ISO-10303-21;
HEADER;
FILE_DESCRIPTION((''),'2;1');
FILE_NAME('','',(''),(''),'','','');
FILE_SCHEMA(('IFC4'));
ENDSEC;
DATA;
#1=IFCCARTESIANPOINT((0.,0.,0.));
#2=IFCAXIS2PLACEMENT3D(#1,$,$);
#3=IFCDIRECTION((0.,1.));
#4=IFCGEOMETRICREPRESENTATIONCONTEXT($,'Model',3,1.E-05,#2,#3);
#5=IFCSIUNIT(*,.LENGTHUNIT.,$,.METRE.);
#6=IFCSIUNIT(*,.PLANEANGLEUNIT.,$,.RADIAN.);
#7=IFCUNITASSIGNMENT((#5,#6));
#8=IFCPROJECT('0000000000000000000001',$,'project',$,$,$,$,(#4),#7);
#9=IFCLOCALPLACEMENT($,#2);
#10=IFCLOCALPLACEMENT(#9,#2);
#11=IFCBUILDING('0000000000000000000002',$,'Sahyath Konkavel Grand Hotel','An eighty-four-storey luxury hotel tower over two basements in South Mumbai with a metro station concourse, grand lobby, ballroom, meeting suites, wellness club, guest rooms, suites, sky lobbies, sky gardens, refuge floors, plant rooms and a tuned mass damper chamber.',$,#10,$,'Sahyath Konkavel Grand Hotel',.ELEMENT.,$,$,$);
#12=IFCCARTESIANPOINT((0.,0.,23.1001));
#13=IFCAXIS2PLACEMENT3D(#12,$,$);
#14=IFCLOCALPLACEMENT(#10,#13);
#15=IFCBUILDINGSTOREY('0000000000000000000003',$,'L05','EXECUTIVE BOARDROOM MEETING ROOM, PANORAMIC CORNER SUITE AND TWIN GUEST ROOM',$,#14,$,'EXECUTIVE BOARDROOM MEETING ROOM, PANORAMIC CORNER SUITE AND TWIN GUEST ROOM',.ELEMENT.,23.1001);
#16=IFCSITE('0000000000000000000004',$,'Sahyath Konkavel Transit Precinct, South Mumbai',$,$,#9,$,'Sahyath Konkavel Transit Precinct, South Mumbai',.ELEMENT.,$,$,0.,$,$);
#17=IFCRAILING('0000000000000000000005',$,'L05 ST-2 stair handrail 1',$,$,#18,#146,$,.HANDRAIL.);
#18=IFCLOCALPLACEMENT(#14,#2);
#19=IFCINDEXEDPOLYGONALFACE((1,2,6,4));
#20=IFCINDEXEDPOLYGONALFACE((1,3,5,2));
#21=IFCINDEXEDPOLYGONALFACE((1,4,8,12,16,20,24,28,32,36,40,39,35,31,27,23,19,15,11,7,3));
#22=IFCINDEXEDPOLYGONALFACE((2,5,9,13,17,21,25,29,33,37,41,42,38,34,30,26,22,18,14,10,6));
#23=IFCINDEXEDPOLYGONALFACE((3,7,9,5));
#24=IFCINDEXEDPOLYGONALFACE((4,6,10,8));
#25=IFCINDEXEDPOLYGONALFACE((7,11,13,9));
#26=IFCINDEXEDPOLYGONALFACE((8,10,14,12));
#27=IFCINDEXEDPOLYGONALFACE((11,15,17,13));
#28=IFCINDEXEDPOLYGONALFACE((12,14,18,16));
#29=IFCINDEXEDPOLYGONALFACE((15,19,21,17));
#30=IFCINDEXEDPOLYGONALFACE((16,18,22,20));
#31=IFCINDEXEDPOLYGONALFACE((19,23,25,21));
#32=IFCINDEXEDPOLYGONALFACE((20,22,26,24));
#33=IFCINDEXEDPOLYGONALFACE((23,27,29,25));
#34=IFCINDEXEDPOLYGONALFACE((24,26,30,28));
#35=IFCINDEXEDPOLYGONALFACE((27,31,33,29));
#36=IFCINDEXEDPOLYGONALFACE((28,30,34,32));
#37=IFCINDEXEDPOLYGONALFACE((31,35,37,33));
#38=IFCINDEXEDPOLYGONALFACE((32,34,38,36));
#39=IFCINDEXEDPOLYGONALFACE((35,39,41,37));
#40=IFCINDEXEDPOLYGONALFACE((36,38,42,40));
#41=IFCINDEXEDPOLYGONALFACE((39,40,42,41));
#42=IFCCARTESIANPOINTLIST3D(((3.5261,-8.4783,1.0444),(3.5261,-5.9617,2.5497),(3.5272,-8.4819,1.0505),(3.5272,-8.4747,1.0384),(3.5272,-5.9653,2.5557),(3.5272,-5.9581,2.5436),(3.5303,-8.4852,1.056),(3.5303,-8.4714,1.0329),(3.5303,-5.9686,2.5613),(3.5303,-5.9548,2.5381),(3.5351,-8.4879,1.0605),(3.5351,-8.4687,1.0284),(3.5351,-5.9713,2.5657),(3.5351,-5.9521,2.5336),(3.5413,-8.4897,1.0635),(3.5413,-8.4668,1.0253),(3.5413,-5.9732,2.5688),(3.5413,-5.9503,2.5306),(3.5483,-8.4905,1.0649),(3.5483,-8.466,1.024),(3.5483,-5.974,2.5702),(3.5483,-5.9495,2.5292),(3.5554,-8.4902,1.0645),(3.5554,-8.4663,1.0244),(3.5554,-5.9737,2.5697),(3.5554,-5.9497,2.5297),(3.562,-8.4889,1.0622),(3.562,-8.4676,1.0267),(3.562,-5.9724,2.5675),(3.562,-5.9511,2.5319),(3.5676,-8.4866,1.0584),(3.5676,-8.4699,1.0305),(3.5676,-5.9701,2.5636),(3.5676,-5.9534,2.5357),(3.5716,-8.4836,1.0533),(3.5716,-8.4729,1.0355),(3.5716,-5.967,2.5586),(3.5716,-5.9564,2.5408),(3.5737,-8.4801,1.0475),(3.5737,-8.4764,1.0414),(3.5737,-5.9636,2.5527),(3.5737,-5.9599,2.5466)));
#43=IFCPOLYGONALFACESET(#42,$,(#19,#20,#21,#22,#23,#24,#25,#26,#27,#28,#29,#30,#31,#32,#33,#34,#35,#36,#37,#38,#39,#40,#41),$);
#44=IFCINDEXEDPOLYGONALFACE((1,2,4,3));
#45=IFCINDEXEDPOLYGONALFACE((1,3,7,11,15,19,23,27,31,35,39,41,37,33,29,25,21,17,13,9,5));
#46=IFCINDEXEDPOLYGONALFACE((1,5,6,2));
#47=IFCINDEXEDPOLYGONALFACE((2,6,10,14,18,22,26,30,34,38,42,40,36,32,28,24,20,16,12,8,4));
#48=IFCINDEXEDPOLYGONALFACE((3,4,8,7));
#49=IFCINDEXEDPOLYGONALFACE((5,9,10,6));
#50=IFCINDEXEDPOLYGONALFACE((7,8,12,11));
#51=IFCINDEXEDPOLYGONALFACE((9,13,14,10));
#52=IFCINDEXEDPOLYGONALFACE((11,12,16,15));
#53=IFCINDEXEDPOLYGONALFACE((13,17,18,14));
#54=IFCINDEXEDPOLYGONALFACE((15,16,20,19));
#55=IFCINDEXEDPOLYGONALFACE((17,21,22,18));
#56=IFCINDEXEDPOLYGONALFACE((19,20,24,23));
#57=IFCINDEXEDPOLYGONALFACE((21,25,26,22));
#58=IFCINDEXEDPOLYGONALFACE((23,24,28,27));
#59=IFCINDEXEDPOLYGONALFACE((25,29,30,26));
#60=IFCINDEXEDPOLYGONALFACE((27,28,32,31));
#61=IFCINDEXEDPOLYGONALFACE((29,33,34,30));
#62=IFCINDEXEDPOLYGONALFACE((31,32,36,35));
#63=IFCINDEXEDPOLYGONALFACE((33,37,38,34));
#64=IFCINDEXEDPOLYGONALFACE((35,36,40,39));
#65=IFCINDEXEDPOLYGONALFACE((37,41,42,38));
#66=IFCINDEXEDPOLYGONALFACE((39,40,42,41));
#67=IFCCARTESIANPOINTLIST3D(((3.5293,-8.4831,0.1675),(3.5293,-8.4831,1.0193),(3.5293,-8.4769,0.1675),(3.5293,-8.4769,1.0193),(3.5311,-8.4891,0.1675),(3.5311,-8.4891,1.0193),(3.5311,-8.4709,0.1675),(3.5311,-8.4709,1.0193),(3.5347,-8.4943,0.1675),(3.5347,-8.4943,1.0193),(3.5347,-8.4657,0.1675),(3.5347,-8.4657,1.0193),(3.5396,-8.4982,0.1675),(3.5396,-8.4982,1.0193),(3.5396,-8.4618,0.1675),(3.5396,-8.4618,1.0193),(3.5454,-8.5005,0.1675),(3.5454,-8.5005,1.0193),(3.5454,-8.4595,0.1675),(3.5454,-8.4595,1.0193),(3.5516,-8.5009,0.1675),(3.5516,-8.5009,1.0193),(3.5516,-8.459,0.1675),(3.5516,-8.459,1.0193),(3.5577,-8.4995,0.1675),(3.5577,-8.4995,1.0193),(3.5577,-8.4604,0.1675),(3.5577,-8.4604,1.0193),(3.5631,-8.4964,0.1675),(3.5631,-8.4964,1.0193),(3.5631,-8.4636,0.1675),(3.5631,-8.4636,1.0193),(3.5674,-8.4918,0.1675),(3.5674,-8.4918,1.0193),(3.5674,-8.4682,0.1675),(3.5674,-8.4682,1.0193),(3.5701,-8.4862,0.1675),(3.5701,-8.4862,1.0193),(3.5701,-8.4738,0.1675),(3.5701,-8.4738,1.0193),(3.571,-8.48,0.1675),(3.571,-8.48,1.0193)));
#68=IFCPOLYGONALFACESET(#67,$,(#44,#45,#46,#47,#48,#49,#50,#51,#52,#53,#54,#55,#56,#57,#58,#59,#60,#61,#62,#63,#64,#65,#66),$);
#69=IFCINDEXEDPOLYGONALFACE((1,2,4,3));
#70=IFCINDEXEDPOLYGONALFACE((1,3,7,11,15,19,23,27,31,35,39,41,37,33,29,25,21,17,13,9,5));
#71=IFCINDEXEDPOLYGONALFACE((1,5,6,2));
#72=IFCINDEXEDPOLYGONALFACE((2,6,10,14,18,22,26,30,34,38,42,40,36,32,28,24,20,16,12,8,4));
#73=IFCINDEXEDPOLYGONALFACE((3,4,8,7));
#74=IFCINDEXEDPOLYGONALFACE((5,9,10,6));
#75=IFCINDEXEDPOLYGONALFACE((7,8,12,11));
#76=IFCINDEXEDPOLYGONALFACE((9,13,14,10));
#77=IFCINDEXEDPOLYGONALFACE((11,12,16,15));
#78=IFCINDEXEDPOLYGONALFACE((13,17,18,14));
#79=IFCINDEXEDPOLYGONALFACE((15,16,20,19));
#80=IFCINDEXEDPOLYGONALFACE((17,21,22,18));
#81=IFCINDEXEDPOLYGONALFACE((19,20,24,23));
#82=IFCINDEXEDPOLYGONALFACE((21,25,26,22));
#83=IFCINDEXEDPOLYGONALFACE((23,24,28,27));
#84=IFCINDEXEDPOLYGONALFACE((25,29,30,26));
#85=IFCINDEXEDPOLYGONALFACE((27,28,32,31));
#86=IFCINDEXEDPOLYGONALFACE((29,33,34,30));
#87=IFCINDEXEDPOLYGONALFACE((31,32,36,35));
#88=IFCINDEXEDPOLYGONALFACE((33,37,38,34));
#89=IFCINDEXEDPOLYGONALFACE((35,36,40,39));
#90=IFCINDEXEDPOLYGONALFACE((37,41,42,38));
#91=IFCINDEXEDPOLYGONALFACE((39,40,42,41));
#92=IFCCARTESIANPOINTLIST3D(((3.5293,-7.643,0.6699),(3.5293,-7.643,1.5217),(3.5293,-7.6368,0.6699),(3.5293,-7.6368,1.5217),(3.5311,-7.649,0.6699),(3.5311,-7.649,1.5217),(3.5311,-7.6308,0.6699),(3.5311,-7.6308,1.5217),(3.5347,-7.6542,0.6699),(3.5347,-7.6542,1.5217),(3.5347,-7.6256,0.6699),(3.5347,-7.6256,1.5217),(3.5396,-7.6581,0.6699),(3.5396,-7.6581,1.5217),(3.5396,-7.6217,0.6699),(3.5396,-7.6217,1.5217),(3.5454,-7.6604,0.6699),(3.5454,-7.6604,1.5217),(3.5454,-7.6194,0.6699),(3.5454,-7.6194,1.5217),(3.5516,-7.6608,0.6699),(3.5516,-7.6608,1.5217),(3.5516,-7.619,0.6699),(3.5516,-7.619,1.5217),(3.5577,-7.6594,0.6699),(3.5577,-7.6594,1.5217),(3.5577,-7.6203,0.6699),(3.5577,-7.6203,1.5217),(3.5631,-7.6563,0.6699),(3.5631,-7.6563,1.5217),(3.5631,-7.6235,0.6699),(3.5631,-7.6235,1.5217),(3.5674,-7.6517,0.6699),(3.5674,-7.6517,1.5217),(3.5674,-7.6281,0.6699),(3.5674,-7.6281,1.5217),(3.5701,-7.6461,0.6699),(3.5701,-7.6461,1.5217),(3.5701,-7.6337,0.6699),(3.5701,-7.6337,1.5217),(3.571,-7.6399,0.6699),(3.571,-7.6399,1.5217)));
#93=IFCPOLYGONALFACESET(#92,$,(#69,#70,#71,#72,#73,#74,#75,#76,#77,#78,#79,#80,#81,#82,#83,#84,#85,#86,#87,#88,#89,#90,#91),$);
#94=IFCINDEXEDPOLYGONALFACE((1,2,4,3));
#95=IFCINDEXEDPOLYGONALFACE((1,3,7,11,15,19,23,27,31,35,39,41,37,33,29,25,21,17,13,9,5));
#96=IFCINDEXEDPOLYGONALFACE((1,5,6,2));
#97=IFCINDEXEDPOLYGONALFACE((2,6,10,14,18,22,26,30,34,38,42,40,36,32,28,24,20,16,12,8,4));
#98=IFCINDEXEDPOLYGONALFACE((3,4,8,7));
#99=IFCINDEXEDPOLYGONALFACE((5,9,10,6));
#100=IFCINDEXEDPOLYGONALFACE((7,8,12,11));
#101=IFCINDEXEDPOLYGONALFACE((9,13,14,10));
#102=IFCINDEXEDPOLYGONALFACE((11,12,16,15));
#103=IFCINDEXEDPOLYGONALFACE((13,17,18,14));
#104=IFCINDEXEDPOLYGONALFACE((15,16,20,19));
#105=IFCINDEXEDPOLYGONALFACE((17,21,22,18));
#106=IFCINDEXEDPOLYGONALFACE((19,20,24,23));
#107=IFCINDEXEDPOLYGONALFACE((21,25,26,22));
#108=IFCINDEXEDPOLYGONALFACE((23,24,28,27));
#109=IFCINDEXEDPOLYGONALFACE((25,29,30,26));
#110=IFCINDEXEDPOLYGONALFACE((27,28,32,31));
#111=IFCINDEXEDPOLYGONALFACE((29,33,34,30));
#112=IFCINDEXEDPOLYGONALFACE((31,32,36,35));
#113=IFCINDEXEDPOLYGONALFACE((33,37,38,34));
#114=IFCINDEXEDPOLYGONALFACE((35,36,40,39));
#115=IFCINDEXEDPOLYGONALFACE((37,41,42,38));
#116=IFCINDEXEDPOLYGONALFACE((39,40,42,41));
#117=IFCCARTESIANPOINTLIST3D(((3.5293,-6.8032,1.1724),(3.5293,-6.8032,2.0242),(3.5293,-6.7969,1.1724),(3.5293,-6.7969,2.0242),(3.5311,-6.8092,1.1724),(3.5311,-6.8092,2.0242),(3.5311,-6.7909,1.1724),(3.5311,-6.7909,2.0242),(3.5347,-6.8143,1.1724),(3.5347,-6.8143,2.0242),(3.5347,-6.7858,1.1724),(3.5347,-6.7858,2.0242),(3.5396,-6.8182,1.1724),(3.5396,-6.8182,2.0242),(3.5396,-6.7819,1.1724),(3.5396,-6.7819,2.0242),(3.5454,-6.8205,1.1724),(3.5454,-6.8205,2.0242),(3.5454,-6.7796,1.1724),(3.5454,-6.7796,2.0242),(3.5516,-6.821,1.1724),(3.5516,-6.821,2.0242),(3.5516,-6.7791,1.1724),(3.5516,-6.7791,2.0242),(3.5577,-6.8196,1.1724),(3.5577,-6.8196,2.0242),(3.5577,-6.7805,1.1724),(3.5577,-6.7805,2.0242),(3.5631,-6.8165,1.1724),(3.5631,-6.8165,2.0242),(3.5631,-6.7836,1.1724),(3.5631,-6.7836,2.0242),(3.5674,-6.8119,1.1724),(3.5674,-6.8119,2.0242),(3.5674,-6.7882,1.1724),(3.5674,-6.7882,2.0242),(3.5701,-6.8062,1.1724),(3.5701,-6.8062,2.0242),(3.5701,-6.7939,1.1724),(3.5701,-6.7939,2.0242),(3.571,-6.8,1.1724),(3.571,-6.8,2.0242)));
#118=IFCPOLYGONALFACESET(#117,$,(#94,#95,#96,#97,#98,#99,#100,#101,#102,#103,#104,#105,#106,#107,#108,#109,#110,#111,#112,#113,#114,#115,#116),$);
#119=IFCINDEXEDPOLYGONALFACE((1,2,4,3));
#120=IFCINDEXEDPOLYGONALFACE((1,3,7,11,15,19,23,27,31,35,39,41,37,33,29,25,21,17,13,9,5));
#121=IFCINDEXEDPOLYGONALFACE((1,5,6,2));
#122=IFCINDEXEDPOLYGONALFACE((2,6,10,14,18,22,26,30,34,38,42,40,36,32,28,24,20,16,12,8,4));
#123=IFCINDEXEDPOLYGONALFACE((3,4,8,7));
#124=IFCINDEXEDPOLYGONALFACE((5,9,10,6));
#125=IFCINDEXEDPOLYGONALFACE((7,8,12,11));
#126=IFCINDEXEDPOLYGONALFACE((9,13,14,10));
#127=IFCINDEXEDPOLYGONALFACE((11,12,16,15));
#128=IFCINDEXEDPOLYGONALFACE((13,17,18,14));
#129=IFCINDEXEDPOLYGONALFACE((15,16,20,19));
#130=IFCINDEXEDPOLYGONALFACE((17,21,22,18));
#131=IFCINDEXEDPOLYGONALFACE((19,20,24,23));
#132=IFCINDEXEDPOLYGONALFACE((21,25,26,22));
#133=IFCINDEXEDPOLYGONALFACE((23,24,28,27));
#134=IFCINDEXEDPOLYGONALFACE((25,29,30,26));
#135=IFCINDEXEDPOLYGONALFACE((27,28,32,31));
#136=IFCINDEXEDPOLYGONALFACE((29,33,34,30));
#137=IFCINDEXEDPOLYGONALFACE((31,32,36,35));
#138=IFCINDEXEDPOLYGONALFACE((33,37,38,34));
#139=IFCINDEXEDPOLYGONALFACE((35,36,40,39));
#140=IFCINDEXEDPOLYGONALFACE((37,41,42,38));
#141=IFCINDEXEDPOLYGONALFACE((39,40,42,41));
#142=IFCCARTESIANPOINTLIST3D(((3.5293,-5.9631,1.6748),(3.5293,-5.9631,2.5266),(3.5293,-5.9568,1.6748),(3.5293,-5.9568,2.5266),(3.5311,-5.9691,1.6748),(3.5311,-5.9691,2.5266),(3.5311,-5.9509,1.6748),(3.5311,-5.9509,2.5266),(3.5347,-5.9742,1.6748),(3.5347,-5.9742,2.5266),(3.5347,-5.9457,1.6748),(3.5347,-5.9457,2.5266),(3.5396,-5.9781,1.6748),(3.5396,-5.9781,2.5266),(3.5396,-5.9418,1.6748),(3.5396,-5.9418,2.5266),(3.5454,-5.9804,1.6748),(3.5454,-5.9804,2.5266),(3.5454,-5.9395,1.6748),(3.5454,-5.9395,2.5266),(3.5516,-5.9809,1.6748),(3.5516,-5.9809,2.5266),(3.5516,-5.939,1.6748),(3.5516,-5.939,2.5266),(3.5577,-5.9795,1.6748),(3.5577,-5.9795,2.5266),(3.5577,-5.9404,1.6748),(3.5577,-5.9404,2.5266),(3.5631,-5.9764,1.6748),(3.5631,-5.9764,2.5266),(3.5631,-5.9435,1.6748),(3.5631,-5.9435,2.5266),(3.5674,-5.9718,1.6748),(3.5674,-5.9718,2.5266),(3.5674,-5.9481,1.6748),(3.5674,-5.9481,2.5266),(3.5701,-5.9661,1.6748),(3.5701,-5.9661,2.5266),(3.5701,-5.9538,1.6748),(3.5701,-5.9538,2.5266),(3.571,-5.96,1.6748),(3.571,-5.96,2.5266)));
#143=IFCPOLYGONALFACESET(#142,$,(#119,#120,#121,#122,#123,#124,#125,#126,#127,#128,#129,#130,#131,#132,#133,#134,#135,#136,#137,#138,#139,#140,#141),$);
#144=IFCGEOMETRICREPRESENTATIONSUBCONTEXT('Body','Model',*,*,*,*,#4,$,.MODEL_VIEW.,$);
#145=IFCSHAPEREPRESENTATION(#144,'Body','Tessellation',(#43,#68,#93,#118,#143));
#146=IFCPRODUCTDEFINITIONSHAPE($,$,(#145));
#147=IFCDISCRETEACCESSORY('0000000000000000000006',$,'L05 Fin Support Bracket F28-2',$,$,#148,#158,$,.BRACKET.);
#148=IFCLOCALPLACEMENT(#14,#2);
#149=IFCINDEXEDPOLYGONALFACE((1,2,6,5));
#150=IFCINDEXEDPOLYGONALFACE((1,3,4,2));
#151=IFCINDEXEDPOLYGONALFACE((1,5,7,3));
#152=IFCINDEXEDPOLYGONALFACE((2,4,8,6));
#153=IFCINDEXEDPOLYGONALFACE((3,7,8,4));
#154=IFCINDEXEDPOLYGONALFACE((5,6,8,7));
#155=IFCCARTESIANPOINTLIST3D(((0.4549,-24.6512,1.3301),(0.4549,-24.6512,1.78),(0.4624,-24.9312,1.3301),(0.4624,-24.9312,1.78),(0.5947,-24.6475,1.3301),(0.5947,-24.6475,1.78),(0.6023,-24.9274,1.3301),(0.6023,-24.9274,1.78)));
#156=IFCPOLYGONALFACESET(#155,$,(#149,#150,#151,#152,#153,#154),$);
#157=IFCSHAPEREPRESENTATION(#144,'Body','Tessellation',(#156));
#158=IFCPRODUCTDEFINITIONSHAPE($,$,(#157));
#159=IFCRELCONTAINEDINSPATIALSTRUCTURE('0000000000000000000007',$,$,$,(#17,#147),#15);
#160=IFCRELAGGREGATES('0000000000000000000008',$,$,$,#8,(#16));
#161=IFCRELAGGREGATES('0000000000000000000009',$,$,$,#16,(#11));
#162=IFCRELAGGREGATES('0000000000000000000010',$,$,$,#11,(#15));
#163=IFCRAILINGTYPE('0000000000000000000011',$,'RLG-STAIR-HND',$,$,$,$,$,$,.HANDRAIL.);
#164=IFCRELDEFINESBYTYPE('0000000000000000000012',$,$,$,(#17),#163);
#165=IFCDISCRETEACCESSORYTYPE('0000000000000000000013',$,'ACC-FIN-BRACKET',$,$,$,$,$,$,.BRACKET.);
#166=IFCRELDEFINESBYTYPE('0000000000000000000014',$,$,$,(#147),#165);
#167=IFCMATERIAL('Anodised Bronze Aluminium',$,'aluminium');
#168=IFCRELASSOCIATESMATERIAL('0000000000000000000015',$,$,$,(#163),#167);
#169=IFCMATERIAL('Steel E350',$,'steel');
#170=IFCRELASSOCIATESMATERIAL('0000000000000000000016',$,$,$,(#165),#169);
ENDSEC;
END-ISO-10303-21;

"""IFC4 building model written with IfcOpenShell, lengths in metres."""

from ifc_helpers import new_model, si_unit, direction, frame, origin, origin_2d, place, context, subcontext, project, spatial, rectangle, circle, extrude, source, transform, mapped, material, type_object, element, save


model = new_model("IFC4")

# Units and contexts
model_context = context("Model", 3, precision=1e-05, world=origin(), true_north=direction((0.0, 1.0)))
body_context = subcontext(model_context, "Body", "Model", "MODEL_VIEW")
ifc_project = project(units=[si_unit("LENGTHUNIT", "METRE"), si_unit("PLANEANGLEUNIT", "RADIAN")], contexts=[model_context])

# Site, building, storey
site_placement = place(None, origin())
site = spatial("IfcSite", under=ifc_project, at=site_placement, Name="Sahyath Konkavel Transit Precinct, South Mumbai", LongName="Sahyath Konkavel Transit Precinct, South Mumbai", CompositionType="ELEMENT", RefElevation=0.0)
building_placement = place(site_placement, origin())
building = spatial("IfcBuilding", under=site, at=building_placement, Name="Sahyath Konkavel Grand Hotel", Description="An eighty-four-storey luxury hotel tower over two basements in South Mumbai with a metro station concourse, grand lobby, ballroom, meeting suites, wellness club, guest rooms, suites, sky lobbies, sky gardens, refuge floors, plant rooms and a tuned mass damper chamber.", LongName="Sahyath Konkavel Grand Hotel", CompositionType="ELEMENT")
storey_placement = place(building_placement, frame((0.0, 0.0, 23.1001)))
storey = spatial("IfcBuildingStorey", under=building, at=storey_placement, Name="L05", Description="EXECUTIVE BOARDROOM MEETING ROOM, PANORAMIC CORNER SUITE AND TWIN GUEST ROOM", LongName="EXECUTIVE BOARDROOM MEETING ROOM, PANORAMIC CORNER SUITE AND TWIN GUEST ROOM", CompositionType="ELEMENT", Elevation=23.1001)

# Shared definitions
ifc_material_1 = material(Name="Steel E350", Category="steel")

# Shared definitions
ifc_material_2 = material(Name="Anodised Bronze Aluminium", Category="aluminium")

# Railing
railing_type_1 = type_object("IfcRailingType", Name="RLG-STAIR-HND", PredefinedType="HANDRAIL", material=ifc_material_2)
railing_1_placement = place(storey_placement, frame((3.55, -8.48, 0.1675)))
element("IfcRailing", 1, at=railing_1_placement, inside=storey, type_object=railing_type_1, Name="L05 ST-2 stair handrail 1", PredefinedType="HANDRAIL", context=body_context, shape_type="SweptSolid", body=[
    extrude(circle(Radius=0.0239, at=origin_2d()), frame((0.0, 0.0017, 0.877), z_axis=(0.0, 0.858196, 0.513321), x_axis=(-1.0, 0.0, 0.0)), (0.0, 0.0, 1.0), 2.9324),
    extrude(circle(Radius=0.021, at=origin_2d()), origin(), (0.0, 0.0, 1.0), 0.8518),
    extrude(circle(Radius=0.021, at=origin_2d()), frame((0.0, 0.8401, 0.5024)), (0.0, 0.0, 1.0), 0.8518),
    extrude(circle(Radius=0.021, at=origin_2d()), frame((0.0, 1.6799, 1.0049)), (0.0, 0.0, 1.0), 0.8518),
    extrude(circle(Radius=0.021, at=origin_2d()), frame((0.0, 2.52, 1.5073)), (0.0, 0.0, 1.0), 0.8518),
])

# Discrete accessory
discrete_accessory_type = type_object("IfcDiscreteAccessoryType", Name="ACC-FIN-BRACKET", PredefinedType="BRACKET", material=ifc_material_1)
shared_shape_1 = source(origin(), body_context, "Body", "SweptSolid", [
    extrude(rectangle(XDim=0.28, YDim=0.1399, at=origin_2d()), origin(), (0.0, 0.0, 1.0), 0.45),
])
discrete_accessory_placement = place(storey_placement, frame((0.5286, -24.7893, 1.3301), z_axis=(0.0, 0.0, 1.0), x_axis=(0.02691, -0.999638, 0.0)))
element("IfcDiscreteAccessory", 2, at=discrete_accessory_placement, inside=storey, type_object=discrete_accessory_type, Name="L05 Fin Support Bracket F28-2", PredefinedType="BRACKET", context=body_context, shape_type="MappedRepresentation", body=[
    mapped(shared_shape_1, transform((0.0, 0.0, 0.0), scale=1.0)),
])

save(model, "model.ifc")
